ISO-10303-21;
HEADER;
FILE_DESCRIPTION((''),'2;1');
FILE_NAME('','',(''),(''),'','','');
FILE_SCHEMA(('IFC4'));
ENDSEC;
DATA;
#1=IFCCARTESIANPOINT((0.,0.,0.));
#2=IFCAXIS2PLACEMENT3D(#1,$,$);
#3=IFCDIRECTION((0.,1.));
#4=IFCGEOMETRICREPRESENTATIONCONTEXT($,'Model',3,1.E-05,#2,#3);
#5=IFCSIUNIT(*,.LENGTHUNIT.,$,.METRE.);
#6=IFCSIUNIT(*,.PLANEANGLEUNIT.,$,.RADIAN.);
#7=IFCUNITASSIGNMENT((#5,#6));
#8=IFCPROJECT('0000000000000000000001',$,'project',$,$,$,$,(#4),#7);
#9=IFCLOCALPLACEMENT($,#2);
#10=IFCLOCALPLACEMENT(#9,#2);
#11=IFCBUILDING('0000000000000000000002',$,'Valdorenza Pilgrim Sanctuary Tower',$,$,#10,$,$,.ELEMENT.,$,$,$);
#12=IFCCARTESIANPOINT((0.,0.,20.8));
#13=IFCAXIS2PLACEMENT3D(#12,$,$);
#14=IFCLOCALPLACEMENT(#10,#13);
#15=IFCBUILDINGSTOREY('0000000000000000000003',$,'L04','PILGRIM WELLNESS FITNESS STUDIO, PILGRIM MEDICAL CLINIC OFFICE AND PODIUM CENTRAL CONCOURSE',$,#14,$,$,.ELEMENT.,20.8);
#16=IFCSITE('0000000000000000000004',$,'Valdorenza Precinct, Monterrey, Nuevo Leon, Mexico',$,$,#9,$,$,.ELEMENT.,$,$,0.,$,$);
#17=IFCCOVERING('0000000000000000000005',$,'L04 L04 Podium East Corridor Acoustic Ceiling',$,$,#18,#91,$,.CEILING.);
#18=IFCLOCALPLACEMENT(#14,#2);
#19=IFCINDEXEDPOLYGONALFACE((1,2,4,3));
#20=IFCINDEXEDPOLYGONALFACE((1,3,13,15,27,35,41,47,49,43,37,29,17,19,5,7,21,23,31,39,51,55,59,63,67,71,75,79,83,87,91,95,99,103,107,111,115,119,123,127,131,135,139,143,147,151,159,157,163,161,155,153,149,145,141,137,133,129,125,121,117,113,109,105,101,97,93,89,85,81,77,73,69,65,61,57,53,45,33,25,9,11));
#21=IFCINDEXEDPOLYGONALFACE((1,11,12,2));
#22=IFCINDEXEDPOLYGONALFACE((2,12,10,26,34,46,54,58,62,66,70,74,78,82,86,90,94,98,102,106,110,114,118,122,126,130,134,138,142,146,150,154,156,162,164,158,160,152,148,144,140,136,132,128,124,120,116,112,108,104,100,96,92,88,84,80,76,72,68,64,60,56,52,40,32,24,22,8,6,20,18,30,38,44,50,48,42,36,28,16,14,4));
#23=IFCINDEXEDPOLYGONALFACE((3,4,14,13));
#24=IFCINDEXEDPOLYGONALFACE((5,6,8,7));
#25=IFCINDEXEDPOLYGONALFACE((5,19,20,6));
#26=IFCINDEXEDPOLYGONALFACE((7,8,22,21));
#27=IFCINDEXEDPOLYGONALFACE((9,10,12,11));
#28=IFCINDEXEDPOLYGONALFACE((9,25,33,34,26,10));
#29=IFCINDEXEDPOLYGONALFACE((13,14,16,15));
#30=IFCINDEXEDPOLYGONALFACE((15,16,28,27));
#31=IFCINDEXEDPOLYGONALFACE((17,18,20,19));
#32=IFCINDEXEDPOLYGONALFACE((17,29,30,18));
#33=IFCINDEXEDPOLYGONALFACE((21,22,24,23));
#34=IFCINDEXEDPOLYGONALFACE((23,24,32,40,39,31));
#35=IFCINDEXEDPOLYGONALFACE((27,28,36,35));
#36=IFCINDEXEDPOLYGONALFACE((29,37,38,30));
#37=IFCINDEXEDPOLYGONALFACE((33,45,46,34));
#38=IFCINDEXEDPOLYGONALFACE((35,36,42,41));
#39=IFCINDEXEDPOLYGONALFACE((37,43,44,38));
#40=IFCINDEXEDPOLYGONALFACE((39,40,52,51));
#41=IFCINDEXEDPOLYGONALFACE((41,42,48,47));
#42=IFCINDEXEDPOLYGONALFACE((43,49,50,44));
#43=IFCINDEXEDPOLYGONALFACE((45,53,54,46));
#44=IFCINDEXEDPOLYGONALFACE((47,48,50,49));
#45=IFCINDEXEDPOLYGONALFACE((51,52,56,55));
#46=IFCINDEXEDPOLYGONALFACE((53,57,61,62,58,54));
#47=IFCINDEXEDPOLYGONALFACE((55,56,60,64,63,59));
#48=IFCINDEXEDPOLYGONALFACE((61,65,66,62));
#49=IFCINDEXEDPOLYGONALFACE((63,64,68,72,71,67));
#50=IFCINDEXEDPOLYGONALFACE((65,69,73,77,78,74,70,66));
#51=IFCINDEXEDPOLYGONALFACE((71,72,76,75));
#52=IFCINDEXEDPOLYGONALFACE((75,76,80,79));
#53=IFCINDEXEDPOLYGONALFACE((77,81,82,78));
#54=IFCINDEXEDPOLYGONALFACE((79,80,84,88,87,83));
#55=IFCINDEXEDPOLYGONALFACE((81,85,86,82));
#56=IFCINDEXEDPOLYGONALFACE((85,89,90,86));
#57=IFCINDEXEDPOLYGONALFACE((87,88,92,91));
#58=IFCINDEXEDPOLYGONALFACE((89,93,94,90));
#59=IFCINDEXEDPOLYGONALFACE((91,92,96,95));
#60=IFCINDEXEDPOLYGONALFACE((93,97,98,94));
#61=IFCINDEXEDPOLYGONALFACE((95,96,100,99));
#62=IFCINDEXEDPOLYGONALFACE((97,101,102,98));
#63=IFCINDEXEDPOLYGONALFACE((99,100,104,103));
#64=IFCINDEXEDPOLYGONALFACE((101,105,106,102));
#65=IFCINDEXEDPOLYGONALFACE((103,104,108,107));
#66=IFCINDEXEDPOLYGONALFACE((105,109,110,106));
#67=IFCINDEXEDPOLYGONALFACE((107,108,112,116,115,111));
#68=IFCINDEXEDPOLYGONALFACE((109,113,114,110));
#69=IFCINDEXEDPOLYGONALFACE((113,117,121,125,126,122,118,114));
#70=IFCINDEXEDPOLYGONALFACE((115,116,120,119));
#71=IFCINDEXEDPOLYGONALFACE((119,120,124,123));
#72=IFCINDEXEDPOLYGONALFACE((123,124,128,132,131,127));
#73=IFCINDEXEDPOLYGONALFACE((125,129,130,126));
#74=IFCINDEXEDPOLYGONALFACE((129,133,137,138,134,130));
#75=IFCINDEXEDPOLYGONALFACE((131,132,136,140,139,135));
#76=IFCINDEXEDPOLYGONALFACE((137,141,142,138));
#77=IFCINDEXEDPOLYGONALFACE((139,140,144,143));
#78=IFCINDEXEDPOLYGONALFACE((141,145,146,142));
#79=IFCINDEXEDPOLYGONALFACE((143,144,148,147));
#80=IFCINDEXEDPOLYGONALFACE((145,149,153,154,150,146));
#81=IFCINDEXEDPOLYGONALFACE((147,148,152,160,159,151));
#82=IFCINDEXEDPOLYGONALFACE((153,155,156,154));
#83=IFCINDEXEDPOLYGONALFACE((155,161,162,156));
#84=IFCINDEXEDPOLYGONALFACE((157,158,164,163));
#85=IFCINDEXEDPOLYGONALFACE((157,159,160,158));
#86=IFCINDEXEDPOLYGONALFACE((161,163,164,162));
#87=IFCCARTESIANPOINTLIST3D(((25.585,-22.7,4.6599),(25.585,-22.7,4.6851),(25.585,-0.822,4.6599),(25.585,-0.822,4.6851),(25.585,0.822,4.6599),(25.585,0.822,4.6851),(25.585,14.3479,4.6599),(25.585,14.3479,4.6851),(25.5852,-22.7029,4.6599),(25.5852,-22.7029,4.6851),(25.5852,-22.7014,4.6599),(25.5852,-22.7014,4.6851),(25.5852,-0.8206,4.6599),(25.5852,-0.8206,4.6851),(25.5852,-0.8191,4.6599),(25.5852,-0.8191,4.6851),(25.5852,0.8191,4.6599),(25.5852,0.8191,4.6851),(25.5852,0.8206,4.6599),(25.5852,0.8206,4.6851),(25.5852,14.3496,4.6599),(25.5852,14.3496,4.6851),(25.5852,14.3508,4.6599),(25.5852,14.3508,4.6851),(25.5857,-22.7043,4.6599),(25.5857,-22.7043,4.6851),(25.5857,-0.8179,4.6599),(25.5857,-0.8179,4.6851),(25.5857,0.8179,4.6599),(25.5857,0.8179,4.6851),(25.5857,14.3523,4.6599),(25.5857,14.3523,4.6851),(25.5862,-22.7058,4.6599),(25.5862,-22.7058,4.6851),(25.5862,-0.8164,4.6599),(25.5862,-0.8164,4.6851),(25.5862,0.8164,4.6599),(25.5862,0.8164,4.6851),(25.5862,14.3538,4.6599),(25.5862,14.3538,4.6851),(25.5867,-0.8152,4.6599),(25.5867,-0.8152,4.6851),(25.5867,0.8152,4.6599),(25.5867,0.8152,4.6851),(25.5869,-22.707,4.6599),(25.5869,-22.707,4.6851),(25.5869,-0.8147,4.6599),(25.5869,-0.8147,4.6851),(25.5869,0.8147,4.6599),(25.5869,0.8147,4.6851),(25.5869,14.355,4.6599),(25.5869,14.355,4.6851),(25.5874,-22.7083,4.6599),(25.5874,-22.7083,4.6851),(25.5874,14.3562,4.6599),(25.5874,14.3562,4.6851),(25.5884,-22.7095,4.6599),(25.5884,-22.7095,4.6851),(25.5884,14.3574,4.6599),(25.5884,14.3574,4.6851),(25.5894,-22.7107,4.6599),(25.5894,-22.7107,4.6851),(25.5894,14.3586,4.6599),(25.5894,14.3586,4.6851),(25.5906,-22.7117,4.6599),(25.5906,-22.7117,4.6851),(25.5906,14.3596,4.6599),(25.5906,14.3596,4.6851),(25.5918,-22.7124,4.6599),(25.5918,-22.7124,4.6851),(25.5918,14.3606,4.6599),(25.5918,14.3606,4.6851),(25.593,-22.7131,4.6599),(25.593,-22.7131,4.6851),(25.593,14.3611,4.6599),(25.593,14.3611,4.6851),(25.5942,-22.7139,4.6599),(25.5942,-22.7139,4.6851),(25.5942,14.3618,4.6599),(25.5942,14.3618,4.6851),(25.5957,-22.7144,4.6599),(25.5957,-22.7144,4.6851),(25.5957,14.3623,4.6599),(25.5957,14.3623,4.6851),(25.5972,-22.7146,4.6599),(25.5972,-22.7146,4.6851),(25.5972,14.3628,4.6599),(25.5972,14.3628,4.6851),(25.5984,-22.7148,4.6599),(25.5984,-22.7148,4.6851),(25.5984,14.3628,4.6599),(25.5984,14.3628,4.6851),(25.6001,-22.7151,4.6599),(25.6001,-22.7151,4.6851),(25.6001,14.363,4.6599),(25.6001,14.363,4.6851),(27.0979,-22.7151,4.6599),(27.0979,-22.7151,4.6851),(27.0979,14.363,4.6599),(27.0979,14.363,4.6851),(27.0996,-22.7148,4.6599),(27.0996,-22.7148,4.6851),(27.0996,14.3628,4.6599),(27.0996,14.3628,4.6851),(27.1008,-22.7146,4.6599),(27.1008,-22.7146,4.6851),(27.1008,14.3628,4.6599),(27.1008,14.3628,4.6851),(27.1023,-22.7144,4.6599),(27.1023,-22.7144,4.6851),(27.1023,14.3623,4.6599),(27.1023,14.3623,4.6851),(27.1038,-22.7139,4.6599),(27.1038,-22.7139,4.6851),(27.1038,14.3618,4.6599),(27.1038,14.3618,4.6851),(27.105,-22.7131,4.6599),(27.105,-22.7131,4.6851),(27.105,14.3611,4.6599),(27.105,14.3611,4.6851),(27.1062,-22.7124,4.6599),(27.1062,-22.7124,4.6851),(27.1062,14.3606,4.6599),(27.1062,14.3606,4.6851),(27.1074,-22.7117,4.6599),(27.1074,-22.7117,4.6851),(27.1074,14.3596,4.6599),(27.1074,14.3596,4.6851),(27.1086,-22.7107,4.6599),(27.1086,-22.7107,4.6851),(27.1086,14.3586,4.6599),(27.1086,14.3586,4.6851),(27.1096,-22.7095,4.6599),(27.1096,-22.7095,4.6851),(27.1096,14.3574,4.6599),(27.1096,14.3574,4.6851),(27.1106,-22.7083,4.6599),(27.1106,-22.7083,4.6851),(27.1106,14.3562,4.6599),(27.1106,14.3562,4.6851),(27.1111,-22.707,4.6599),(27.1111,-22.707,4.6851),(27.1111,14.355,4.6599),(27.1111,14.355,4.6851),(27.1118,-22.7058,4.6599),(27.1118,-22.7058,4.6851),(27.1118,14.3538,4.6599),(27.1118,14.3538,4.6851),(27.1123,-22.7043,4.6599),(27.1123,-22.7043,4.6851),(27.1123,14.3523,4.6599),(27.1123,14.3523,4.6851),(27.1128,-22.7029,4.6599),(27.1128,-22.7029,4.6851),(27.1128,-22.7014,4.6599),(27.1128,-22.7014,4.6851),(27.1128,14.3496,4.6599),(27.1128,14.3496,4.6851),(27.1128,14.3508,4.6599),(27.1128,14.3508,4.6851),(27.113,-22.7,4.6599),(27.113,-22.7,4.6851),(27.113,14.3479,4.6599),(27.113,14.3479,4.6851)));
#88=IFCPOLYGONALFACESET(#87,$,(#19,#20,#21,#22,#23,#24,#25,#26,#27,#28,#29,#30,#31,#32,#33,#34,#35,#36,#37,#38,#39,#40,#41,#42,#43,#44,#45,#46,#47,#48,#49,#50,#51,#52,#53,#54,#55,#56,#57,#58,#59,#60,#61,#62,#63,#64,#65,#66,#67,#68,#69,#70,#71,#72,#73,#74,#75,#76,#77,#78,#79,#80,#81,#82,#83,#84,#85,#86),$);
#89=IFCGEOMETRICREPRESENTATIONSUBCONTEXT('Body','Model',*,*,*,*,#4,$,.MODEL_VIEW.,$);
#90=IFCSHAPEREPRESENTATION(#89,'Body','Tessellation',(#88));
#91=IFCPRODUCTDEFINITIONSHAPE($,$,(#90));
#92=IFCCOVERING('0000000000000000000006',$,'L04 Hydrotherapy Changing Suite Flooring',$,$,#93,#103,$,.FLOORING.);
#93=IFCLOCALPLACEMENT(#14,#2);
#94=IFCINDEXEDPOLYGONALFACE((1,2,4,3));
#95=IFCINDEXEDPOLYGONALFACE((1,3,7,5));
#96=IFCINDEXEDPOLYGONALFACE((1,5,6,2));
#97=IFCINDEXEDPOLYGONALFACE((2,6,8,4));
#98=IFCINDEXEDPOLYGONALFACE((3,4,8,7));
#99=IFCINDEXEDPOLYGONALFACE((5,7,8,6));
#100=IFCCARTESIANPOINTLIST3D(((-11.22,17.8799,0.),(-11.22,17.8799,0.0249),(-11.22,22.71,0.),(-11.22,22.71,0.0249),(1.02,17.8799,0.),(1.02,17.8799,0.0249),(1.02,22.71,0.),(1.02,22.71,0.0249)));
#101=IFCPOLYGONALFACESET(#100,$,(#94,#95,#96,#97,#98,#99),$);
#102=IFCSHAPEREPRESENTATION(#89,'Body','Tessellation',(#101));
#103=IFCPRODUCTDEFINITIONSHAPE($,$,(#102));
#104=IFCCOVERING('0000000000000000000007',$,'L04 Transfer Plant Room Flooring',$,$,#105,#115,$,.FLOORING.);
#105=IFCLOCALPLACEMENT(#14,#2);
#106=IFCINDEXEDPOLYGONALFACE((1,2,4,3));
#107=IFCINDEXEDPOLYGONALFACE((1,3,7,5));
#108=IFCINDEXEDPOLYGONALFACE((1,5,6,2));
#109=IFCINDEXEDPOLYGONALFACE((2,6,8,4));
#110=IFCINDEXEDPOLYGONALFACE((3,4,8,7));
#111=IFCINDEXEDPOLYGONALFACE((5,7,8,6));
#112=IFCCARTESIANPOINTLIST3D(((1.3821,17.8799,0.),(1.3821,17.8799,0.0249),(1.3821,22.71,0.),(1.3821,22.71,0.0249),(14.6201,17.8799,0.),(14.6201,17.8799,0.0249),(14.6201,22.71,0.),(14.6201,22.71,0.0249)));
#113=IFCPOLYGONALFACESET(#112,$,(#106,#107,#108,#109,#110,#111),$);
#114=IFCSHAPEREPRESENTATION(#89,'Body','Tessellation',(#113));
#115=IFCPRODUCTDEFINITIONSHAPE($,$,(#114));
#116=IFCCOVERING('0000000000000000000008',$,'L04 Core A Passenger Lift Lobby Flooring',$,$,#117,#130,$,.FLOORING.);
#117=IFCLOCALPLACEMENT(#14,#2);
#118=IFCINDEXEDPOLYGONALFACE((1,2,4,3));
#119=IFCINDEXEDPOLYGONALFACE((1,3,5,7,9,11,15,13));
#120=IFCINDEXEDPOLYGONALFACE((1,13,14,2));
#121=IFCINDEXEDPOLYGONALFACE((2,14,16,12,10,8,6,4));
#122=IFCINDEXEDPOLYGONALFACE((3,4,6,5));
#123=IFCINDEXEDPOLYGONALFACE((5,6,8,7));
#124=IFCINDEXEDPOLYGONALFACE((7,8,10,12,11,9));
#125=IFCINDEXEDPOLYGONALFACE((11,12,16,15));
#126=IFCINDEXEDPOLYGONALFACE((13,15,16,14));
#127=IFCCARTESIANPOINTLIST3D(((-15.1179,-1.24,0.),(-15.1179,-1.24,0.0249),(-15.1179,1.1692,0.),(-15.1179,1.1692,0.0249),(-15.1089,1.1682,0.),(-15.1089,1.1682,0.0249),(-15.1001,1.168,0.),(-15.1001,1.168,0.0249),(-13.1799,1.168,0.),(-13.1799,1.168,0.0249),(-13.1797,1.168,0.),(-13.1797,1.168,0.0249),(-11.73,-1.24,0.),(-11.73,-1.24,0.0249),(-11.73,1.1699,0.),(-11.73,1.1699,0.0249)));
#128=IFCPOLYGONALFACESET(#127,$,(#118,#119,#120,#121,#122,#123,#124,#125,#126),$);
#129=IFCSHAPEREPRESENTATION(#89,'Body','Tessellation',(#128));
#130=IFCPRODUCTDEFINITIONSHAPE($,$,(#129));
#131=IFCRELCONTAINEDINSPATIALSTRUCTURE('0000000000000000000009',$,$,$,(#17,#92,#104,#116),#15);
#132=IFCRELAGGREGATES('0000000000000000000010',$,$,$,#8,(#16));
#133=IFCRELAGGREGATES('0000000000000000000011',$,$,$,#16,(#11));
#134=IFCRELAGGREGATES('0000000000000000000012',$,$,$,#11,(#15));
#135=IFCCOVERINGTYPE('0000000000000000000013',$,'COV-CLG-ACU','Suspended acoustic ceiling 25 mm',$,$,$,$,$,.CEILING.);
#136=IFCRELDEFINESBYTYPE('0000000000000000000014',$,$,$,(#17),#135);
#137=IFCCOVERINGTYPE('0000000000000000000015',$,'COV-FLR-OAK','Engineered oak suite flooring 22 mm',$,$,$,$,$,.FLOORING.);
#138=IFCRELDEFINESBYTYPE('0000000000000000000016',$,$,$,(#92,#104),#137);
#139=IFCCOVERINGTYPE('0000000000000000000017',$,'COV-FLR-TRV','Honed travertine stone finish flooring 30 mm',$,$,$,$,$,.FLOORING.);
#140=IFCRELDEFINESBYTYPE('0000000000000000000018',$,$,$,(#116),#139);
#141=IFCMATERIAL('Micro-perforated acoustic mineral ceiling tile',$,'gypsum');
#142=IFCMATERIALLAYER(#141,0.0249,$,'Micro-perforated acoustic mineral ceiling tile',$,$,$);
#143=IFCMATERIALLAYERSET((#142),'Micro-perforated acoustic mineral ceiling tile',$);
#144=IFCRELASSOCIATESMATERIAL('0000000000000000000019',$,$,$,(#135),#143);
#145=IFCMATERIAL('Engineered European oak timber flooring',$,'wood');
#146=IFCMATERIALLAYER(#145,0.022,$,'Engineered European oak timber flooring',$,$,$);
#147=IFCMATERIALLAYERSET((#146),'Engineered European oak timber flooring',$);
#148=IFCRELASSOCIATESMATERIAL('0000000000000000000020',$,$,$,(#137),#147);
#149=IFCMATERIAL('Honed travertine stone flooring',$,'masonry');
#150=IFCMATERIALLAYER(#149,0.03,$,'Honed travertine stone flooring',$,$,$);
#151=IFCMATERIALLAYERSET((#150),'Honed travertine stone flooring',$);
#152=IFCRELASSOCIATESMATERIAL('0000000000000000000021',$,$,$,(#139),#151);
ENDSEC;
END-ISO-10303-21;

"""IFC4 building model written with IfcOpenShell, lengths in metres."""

from ifc_helpers import new_model, si_unit, direction, frame, origin, place, context, subcontext, project, spatial, polyline, outline, extrude, material, layer, layer_set, type_object, element, save


model = new_model("IFC4")

# Units and contexts
model_context = context("Model", 3, precision=1e-05, world=origin(), true_north=direction((0.0, 1.0)))
body_context = subcontext(model_context, "Body", "Model", "MODEL_VIEW")
ifc_project = project(units=[si_unit("LENGTHUNIT", "METRE"), si_unit("PLANEANGLEUNIT", "RADIAN")], contexts=[model_context])

# Site, building, storey
site_placement = place(None, origin())
site = spatial("IfcSite", under=ifc_project, at=site_placement, Name="Valdorenza Precinct, Monterrey, Nuevo Leon, Mexico", CompositionType="ELEMENT", RefElevation=0.0)
building_placement = place(site_placement, origin())
building = spatial("IfcBuilding", under=site, at=building_placement, Name="Valdorenza Pilgrim Sanctuary Tower", CompositionType="ELEMENT")
storey_placement = place(building_placement, frame((0.0, 0.0, 20.8)))
storey = spatial("IfcBuildingStorey", under=building, at=storey_placement, Name="L04", Description="PILGRIM WELLNESS FITNESS STUDIO, PILGRIM MEDICAL CLINIC OFFICE AND PODIUM CENTRAL CONCOURSE", CompositionType="ELEMENT", Elevation=20.8)

# Coverings
ifc_material_1 = material(Name="Micro-perforated acoustic mineral ceiling tile", Category="gypsum")
ifc_layer_1 = layer(ifc_material_1, 0.0249, Name="Micro-perforated acoustic mineral ceiling tile")
ifc_layer_set_1 = layer_set([ifc_layer_1], Name="Micro-perforated acoustic mineral ceiling tile")
covering_type_1 = type_object("IfcCoveringType", Name="COV-CLG-ACU", Description="Suspended acoustic ceiling 25 mm", PredefinedType="CEILING", material=ifc_layer_set_1)
covering_1_placement = place(storey_placement, frame((0.0, 0.0, 4.6599)))
element("IfcCovering", 1, at=covering_1_placement, inside=storey, type_object=covering_type_1, Name="L04 L04 Podium East Corridor Acoustic Ceiling", PredefinedType="CEILING", context=body_context, shape_type="SweptSolid", body=[
    extrude(outline(polyline([(25.5869, -0.8147), (25.5869, 0.8147), (25.5867, 0.8152), (25.5862, 0.8164), (25.5857, 0.8179), (25.5852, 0.8191), (25.5852, 0.8206), (25.585, 0.822), (25.585, 14.3479), (25.5852, 14.3496), (25.5852, 14.3508), (25.5857, 14.3523), (25.5862, 14.3538), (25.5869, 14.355), (25.5874, 14.3562), (25.5884, 14.3574), (25.5894, 14.3586), (25.5906, 14.3596), (25.5918, 14.3606), (25.593, 14.3611), (25.5942, 14.3618), (25.5957, 14.3623), (25.5972, 14.3628), (25.5984, 14.3628), (25.6001, 14.363), (27.0979, 14.363), (27.0996, 14.3628), (27.1008, 14.3628), (27.1023, 14.3623), (27.1038, 14.3618), (27.105, 14.3611), (27.1062, 14.3606), (27.1074, 14.3596), (27.1086, 14.3586), (27.1096, 14.3574), (27.1106, 14.3562), (27.1111, 14.355), (27.1118, 14.3538), (27.1123, 14.3523), (27.1128, 14.3508), (27.1128, 14.3496), (27.113, 14.3479), (27.113, -22.7), (27.1128, -22.7014), (27.1128, -22.7029), (27.1123, -22.7043), (27.1118, -22.7058), (27.1111, -22.707), (27.1106, -22.7083), (27.1096, -22.7095), (27.1086, -22.7107), (27.1074, -22.7117), (27.1062, -22.7124), (27.105, -22.7131), (27.1038, -22.7139), (27.1023, -22.7144), (27.1008, -22.7146), (27.0996, -22.7148), (27.0979, -22.7151), (25.6001, -22.7151), (25.5984, -22.7148), (25.5972, -22.7146), (25.5957, -22.7144), (25.5942, -22.7139), (25.593, -22.7131), (25.5918, -22.7124), (25.5906, -22.7117), (25.5894, -22.7107), (25.5884, -22.7095), (25.5874, -22.7083), (25.5869, -22.707), (25.5862, -22.7058), (25.5857, -22.7043), (25.5852, -22.7029), (25.5852, -22.7014), (25.585, -22.7), (25.585, -0.822), (25.5852, -0.8206), (25.5852, -0.8191), (25.5857, -0.8179), (25.5862, -0.8164), (25.5867, -0.8152), (25.5869, -0.8147)])), origin(), (0.0, 0.0, 1.0), 0.0251),
])
ifc_material_2 = material(Name="Engineered European oak timber flooring", Category="wood")
ifc_layer_2 = layer(ifc_material_2, 0.022, Name="Engineered European oak timber flooring")
ifc_layer_set_2 = layer_set([ifc_layer_2], Name="Engineered European oak timber flooring")
covering_type_2 = type_object("IfcCoveringType", Name="COV-FLR-OAK", Description="Engineered oak suite flooring 22 mm", PredefinedType="FLOORING", material=ifc_layer_set_2)
covering_2_placement = place(storey_placement, origin())
element("IfcCovering", 2, at=covering_2_placement, inside=storey, type_object=covering_type_2, Name="L04 Hydrotherapy Changing Suite Flooring", PredefinedType="FLOORING", context=body_context, shape_type="SweptSolid", body=[
    extrude(outline(polyline([(-11.22, 17.8799), (-11.22, 22.71), (1.02, 22.71), (1.02, 17.8799), (-11.22, 17.8799)])), origin(), (0.0, 0.0, 1.0), 0.0249),
])
covering_3_placement = place(storey_placement, origin())
element("IfcCovering", 3, at=covering_3_placement, inside=storey, type_object=covering_type_2, Name="L04 Transfer Plant Room Flooring", PredefinedType="FLOORING", context=body_context, shape_type="SweptSolid", body=[
    extrude(outline(polyline([(1.3821, 17.8799), (1.3821, 22.71), (14.6201, 22.71), (14.6201, 17.8799), (1.3821, 17.8799)])), origin(), (0.0, 0.0, 1.0), 0.0249),
])
ifc_material_3 = material(Name="Honed travertine stone flooring", Category="masonry")
ifc_layer_3 = layer(ifc_material_3, 0.03, Name="Honed travertine stone flooring")
ifc_layer_set_3 = layer_set([ifc_layer_3], Name="Honed travertine stone flooring")
covering_type_3 = type_object("IfcCoveringType", Name="COV-FLR-TRV", Description="Honed travertine stone finish flooring 30 mm", PredefinedType="FLOORING", material=ifc_layer_set_3)
covering_4_placement = place(storey_placement, origin())
element("IfcCovering", 4, at=covering_4_placement, inside=storey, type_object=covering_type_3, Name="L04 Core A Passenger Lift Lobby Flooring", PredefinedType="FLOORING", context=body_context, shape_type="SweptSolid", body=[
    extrude(outline(polyline([(-15.1179, 1.1692), (-15.1089, 1.1682), (-15.1089, 1.1682), (-15.1001, 1.168), (-13.1799, 1.168), (-13.1797, 1.168), (-11.73, 1.1699), (-11.73, -1.24), (-15.1179, -1.24), (-15.1179, 1.1692)])), origin(), (0.0, 0.0, 1.0), 0.0249),
])

save(model, "model.ifc")
